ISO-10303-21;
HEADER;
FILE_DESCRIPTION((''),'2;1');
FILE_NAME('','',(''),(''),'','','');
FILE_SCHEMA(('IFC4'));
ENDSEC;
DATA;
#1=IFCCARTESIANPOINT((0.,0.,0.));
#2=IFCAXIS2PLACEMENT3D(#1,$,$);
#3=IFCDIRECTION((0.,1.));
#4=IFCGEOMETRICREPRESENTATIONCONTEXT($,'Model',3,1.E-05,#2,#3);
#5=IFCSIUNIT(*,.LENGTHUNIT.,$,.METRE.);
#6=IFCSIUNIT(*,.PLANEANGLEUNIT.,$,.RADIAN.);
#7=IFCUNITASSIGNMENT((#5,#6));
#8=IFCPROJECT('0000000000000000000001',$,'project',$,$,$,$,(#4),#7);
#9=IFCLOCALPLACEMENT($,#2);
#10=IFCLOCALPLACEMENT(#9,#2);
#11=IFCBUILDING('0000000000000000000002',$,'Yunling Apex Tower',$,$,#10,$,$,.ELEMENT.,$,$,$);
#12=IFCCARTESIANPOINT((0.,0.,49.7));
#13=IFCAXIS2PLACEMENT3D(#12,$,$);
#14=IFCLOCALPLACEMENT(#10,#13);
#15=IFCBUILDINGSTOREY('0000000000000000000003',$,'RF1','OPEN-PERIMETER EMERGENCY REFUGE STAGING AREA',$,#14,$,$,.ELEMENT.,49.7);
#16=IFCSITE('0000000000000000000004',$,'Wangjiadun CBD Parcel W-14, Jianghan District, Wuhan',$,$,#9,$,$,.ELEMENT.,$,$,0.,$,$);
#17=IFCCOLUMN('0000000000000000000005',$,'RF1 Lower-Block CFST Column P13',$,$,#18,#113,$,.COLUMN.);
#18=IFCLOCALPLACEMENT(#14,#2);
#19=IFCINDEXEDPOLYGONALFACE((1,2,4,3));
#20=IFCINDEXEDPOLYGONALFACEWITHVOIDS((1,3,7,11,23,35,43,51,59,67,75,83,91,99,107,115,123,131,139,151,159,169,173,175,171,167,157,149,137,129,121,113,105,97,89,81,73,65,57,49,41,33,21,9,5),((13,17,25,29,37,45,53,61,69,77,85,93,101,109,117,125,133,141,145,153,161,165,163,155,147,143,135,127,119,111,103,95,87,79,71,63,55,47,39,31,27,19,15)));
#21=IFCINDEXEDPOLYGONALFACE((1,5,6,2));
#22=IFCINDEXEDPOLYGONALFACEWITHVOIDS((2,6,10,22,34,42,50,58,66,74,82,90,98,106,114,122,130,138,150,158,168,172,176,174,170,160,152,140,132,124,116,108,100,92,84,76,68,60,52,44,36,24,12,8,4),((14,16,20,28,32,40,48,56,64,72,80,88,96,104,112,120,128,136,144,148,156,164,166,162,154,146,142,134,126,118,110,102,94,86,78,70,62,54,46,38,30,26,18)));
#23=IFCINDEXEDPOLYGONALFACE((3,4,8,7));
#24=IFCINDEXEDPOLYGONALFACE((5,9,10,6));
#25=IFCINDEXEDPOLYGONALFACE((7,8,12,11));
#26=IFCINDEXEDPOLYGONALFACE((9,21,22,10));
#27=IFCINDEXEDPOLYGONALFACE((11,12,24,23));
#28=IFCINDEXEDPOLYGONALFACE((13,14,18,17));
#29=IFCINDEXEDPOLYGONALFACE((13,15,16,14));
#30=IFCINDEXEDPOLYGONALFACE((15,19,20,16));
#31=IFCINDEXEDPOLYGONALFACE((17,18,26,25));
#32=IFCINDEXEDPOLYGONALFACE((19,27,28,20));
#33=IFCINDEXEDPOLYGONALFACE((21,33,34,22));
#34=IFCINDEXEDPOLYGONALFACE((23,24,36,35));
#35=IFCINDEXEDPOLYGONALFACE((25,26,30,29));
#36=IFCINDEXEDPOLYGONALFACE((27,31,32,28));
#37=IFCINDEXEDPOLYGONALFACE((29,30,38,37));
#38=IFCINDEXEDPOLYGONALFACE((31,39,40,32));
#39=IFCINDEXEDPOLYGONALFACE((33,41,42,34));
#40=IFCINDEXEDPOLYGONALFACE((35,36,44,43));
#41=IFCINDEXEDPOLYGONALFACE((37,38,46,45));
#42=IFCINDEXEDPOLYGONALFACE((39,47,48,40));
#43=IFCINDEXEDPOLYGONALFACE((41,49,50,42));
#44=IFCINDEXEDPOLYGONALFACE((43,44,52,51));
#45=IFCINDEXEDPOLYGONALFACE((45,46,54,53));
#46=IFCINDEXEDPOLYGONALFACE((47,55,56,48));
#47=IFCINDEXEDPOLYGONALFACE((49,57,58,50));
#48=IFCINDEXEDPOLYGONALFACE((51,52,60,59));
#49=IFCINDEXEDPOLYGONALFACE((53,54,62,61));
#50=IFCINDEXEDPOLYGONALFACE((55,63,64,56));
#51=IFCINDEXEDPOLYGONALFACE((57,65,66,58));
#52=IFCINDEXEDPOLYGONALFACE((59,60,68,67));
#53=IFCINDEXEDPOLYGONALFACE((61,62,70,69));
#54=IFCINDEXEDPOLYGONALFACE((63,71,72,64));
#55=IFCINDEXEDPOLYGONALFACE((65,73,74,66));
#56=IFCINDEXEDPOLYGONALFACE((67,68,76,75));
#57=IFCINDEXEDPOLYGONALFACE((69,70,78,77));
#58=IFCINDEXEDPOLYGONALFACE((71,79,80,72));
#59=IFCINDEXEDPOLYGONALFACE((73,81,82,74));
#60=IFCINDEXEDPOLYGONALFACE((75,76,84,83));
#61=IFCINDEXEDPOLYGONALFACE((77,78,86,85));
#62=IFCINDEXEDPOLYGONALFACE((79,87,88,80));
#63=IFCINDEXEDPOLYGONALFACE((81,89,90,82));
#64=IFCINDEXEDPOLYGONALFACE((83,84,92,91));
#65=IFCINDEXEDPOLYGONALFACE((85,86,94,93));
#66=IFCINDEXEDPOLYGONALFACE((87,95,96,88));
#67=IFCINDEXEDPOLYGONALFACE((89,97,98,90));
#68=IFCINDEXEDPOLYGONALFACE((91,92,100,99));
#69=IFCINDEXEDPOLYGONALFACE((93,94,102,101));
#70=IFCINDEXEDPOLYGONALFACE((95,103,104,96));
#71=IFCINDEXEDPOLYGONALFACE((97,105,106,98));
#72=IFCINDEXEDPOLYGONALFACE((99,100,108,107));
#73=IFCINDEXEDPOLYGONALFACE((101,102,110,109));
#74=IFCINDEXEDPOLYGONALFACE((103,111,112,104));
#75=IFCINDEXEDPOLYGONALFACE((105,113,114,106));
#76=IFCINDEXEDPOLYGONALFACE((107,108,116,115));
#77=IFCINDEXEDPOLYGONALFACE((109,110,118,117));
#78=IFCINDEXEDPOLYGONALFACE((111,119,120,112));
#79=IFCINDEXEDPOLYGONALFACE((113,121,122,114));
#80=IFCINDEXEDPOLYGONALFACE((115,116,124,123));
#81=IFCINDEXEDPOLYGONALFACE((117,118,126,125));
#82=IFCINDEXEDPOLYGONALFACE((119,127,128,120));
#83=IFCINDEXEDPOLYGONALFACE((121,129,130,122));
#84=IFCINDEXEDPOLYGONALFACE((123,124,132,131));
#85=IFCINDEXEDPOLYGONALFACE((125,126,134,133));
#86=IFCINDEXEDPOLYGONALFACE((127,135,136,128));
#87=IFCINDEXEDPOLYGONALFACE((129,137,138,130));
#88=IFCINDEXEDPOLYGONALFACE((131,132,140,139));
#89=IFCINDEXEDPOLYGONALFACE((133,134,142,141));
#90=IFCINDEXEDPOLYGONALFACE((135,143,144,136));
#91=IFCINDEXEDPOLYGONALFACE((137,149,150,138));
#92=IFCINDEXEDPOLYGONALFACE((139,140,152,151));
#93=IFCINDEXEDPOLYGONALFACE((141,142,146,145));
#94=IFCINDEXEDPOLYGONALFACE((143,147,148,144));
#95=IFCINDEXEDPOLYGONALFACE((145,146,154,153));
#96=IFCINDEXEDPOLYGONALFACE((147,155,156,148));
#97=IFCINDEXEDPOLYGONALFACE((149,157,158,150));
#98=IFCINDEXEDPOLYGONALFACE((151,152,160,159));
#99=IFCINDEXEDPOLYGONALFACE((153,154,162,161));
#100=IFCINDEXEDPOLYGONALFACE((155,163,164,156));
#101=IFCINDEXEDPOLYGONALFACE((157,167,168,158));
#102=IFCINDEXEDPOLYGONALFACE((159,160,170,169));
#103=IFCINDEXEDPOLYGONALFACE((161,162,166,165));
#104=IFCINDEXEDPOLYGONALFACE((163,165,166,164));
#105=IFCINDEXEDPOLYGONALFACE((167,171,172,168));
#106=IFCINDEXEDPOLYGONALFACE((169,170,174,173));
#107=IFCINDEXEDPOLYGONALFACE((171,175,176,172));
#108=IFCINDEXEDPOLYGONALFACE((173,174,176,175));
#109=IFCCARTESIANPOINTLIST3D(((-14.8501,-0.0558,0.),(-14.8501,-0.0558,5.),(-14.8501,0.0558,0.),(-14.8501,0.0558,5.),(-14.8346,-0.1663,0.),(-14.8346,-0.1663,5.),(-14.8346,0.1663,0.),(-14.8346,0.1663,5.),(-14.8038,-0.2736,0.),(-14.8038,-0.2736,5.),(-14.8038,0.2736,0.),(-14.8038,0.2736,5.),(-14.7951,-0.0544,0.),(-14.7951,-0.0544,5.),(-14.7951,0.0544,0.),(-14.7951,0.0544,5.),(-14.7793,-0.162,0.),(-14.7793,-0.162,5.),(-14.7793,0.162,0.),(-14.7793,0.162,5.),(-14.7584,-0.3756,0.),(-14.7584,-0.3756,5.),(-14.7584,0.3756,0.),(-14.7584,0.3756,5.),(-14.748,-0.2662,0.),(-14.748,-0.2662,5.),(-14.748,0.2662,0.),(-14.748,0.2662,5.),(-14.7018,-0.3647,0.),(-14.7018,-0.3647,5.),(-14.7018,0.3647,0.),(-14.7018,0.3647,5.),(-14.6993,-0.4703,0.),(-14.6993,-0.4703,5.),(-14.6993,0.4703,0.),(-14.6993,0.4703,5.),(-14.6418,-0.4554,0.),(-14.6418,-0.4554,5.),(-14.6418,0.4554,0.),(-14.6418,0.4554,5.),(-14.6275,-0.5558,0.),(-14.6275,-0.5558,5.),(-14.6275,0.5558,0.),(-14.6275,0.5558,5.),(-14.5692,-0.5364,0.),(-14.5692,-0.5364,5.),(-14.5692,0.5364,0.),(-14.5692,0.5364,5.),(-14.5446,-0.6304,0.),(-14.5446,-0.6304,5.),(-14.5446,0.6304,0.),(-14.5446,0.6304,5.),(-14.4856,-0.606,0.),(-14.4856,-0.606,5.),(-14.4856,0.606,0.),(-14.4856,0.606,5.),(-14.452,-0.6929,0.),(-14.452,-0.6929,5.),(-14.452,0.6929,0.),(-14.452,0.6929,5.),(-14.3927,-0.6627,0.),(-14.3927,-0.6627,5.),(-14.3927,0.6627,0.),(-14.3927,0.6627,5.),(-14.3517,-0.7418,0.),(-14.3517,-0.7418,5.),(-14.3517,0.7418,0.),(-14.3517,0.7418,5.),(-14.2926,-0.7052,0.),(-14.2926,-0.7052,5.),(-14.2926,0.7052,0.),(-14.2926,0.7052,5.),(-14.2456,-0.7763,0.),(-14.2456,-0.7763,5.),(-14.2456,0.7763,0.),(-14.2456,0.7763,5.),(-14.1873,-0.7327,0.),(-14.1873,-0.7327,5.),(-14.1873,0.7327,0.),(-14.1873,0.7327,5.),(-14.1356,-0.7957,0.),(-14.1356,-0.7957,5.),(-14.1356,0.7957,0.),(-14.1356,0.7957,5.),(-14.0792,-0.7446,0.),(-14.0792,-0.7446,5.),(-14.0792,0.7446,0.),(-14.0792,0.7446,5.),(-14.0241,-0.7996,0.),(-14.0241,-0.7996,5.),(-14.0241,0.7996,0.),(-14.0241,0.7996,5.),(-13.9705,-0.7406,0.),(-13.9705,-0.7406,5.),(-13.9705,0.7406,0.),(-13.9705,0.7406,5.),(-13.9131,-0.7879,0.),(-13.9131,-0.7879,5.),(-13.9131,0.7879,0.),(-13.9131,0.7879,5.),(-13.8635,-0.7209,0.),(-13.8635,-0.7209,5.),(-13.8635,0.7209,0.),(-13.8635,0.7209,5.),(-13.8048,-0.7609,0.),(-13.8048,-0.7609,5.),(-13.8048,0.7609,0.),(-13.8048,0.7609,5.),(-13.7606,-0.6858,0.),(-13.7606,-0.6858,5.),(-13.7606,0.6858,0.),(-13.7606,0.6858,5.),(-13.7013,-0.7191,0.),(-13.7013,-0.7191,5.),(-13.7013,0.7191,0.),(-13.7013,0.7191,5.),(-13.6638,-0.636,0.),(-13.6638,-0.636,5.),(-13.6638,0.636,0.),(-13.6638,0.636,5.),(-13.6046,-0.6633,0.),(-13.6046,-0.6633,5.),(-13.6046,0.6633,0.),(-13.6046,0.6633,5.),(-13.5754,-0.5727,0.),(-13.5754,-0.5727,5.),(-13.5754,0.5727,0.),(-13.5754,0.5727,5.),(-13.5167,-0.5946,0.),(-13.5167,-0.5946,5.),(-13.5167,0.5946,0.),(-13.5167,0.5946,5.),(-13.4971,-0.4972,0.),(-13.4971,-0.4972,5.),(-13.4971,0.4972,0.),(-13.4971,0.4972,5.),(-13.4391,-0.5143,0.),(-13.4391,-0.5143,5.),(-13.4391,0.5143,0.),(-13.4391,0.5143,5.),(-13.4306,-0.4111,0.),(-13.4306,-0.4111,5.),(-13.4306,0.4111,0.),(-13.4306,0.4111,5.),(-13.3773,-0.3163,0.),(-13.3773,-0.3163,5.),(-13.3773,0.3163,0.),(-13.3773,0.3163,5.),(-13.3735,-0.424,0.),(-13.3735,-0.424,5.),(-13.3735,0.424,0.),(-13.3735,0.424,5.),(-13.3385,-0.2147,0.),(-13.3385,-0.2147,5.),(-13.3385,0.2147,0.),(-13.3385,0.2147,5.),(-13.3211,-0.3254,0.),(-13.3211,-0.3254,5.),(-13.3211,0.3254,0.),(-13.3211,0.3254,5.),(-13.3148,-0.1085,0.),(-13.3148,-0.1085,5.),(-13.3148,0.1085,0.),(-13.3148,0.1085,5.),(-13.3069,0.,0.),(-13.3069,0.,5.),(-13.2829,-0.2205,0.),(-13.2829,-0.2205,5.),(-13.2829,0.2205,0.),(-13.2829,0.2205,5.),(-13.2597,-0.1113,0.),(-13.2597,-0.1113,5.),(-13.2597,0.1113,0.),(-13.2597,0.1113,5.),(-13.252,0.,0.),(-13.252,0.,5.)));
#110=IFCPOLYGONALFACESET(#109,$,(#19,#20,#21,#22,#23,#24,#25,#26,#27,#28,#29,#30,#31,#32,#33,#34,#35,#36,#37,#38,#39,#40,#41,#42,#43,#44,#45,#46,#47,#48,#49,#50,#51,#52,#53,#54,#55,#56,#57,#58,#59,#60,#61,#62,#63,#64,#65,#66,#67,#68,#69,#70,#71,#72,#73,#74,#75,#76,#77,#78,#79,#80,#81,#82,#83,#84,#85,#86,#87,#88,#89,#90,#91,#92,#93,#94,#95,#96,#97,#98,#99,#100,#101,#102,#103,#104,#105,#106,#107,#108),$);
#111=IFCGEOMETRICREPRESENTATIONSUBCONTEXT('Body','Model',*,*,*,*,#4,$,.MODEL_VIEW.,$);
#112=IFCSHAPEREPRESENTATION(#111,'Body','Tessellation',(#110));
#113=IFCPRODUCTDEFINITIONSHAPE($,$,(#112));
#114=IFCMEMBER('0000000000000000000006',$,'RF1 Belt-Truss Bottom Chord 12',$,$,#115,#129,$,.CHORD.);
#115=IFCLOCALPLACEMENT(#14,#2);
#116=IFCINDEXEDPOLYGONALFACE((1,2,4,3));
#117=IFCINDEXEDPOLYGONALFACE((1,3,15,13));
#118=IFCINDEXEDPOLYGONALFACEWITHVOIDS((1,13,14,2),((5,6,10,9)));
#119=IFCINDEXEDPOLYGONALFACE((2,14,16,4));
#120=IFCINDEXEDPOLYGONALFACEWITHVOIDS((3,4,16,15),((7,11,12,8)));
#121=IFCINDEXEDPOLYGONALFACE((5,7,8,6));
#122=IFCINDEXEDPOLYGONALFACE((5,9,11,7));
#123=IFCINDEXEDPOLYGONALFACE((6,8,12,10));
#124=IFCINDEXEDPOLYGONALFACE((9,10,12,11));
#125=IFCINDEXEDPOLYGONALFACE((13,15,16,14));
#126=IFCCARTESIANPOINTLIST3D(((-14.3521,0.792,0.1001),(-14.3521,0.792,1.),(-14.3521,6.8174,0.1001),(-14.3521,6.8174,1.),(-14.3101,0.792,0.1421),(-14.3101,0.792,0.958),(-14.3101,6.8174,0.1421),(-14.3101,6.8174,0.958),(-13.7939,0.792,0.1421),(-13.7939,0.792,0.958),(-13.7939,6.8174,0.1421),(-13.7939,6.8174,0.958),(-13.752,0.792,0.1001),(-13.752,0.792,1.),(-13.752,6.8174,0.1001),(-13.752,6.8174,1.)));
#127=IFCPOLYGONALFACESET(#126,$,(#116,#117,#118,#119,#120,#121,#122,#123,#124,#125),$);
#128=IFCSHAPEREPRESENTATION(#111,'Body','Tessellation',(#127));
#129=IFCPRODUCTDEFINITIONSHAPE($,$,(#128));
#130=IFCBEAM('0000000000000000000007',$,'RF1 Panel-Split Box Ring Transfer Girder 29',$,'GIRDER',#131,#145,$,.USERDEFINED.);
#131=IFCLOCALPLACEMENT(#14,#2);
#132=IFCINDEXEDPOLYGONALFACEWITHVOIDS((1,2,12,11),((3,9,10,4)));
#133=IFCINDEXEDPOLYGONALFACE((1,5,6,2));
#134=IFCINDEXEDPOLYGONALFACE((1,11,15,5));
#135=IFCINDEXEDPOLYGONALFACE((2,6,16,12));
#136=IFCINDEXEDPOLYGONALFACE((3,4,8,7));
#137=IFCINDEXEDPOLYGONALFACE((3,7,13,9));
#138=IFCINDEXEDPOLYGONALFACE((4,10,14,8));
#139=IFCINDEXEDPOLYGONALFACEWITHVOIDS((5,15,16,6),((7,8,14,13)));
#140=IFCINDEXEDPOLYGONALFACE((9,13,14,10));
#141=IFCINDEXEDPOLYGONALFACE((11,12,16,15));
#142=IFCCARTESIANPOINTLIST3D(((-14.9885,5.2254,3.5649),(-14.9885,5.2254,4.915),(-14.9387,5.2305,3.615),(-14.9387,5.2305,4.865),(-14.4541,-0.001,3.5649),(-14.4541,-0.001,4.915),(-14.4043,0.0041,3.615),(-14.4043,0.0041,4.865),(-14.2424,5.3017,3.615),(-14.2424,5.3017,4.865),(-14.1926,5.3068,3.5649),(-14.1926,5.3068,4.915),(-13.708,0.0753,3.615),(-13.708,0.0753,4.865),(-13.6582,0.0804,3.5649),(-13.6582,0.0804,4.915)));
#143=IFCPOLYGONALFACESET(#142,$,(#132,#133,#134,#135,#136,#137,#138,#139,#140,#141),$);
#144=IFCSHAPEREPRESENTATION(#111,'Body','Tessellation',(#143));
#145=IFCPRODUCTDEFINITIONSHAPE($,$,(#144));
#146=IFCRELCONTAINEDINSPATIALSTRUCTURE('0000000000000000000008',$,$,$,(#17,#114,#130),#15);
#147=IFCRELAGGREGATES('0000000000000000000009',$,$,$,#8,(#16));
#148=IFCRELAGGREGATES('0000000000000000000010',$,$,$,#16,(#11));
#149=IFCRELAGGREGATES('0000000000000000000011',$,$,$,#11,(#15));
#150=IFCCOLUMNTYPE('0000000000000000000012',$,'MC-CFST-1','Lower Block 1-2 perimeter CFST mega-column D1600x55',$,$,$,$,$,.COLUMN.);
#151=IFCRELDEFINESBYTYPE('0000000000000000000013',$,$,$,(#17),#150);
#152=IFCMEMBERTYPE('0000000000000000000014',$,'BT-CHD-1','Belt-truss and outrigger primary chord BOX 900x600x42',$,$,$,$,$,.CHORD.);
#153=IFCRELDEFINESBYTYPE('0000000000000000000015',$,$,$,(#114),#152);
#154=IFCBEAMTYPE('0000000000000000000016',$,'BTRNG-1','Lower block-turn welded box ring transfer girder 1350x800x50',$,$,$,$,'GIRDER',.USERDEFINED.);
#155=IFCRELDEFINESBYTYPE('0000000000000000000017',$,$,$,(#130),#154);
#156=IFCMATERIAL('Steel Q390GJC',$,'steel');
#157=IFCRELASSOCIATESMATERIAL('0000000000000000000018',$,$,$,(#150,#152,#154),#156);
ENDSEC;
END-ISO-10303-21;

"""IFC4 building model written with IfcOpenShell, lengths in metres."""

from ifc_helpers import new_model, si_unit, direction, frame, origin, origin_2d, place, context, subcontext, project, spatial, hollow_rectangle, hollow_circle, extrude, source, transform, mapped, material, material_profile, profile_set, type_object, element, save


model = new_model("IFC4")

# Units and contexts
model_context = context("Model", 3, precision=1e-05, world=origin(), true_north=direction((0.0, 1.0)))
body_context = subcontext(model_context, "Body", "Model", "MODEL_VIEW")
ifc_project = project(units=[si_unit("LENGTHUNIT", "METRE"), si_unit("PLANEANGLEUNIT", "RADIAN")], contexts=[model_context])

# Site, building, storey
site_placement = place(None, origin())
site = spatial("IfcSite", under=ifc_project, at=site_placement, Name="Wangjiadun CBD Parcel W-14, Jianghan District, Wuhan", CompositionType="ELEMENT", RefElevation=0.0)
building_placement = place(site_placement, origin())
building = spatial("IfcBuilding", under=site, at=building_placement, Name="Yunling Apex Tower", CompositionType="ELEMENT")
storey_placement = place(building_placement, frame((0.0, 0.0, 49.7)))
storey = spatial("IfcBuildingStorey", under=building, at=storey_placement, Name="RF1", Description="OPEN-PERIMETER EMERGENCY REFUGE STAGING AREA", CompositionType="ELEMENT", Elevation=49.7)

# Column
ifc_material_1 = material(Name="Steel Q390GJC", Category="steel")
ifc_material_profile_1 = material_profile(ifc_material_1, hollow_circle(Radius=0.8, WallThickness=0.0549, at=origin_2d()))
ifc_profile_set_1 = profile_set([ifc_material_profile_1], Name="Steel Q390GJC")
column_type = type_object("IfcColumnType", Name="MC-CFST-1", Description="Lower Block 1-2 perimeter CFST mega-column D1600x55", PredefinedType="COLUMN", material=ifc_profile_set_1)
shared_shape_1 = source(origin(), body_context, "Body", "SweptSolid", [
    extrude(hollow_circle(Radius=0.8, WallThickness=0.0549, at=origin_2d()), origin(), (0.0, 0.0, 1.0), 5.0),
])
column_placement = place(storey_placement, frame((-14.052, 0.0, 0.0), z_axis=(0.0, 0.0, 1.0), x_axis=(1.0, 0.0, 0.0)))
element("IfcColumn", 1, at=column_placement, inside=storey, type_object=column_type, Name="RF1 Lower-Block CFST Column P13", PredefinedType="COLUMN", context=body_context, shape_type="MappedRepresentation", body=[
    mapped(shared_shape_1, transform((0.0, 0.0, 0.0), scale=1.0)),
])

# Member
ifc_material_profile_2 = material_profile(ifc_material_1, hollow_rectangle(XDim=0.6001, YDim=0.8999, WallThickness=0.042, at=origin_2d()))
ifc_profile_set_2 = profile_set([ifc_material_profile_2], Name="Steel Q390GJC")
member_type_1 = type_object("IfcMemberType", Name="BT-CHD-1", Description="Belt-truss and outrigger primary chord BOX 900x600x42", PredefinedType="CHORD", material=ifc_profile_set_2)
shared_shape_2 = source(origin(), body_context, "Body", "SweptSolid", [
    extrude(hollow_rectangle(XDim=0.6001, YDim=0.8999, WallThickness=0.042, at=origin_2d()), origin(), (0.0, 0.0, 1.0), 6.0254),
])
member_1_placement = place(storey_placement, frame((-14.052, 6.8174, 0.55), z_axis=(0.0, -1.0, 0.0), x_axis=(1.0, 0.0, 0.0)))
element("IfcMember", 2, at=member_1_placement, inside=storey, type_object=member_type_1, Name="RF1 Belt-Truss Bottom Chord 12", PredefinedType="CHORD", context=body_context, shape_type="MappedRepresentation", body=[
    mapped(shared_shape_2, transform((0.0, 0.0, 0.0), scale=1.0)),
])

# Beam
ifc_material_profile_3 = material_profile(ifc_material_1, hollow_rectangle(XDim=0.8, YDim=1.3501, WallThickness=0.05, at=origin_2d()))
ifc_profile_set_3 = profile_set([ifc_material_profile_3], Name="Steel Q390GJC")
beam_type = type_object("IfcBeamType", Name="BTRNG-1", Description="Lower block-turn welded box ring transfer girder 1350x800x50", ElementType="GIRDER", PredefinedType="USERDEFINED", material=ifc_profile_set_3)
shared_shape_3 = source(origin(), body_context, "Body", "SweptSolid", [
    extrude(hollow_rectangle(XDim=0.8, YDim=1.3501, WallThickness=0.05, at=origin_2d()), origin(), (0.0, 0.0, 1.0), 5.2537),
])
beam_placement = place(storey_placement, frame((-14.5906, 5.2661, 4.24), z_axis=(0.101726, -0.994812, 0.0), x_axis=(0.994812, 0.101726, 0.0)))
element("IfcBeam", 3, at=beam_placement, inside=storey, type_object=beam_type, Name="RF1 Panel-Split Box Ring Transfer Girder 29", ObjectType="GIRDER", PredefinedType="USERDEFINED", context=body_context, shape_type="MappedRepresentation", body=[
    mapped(shared_shape_3, transform((0.0, 0.0, 0.0), scale=1.0)),
])

save(model, "model.ifc")
